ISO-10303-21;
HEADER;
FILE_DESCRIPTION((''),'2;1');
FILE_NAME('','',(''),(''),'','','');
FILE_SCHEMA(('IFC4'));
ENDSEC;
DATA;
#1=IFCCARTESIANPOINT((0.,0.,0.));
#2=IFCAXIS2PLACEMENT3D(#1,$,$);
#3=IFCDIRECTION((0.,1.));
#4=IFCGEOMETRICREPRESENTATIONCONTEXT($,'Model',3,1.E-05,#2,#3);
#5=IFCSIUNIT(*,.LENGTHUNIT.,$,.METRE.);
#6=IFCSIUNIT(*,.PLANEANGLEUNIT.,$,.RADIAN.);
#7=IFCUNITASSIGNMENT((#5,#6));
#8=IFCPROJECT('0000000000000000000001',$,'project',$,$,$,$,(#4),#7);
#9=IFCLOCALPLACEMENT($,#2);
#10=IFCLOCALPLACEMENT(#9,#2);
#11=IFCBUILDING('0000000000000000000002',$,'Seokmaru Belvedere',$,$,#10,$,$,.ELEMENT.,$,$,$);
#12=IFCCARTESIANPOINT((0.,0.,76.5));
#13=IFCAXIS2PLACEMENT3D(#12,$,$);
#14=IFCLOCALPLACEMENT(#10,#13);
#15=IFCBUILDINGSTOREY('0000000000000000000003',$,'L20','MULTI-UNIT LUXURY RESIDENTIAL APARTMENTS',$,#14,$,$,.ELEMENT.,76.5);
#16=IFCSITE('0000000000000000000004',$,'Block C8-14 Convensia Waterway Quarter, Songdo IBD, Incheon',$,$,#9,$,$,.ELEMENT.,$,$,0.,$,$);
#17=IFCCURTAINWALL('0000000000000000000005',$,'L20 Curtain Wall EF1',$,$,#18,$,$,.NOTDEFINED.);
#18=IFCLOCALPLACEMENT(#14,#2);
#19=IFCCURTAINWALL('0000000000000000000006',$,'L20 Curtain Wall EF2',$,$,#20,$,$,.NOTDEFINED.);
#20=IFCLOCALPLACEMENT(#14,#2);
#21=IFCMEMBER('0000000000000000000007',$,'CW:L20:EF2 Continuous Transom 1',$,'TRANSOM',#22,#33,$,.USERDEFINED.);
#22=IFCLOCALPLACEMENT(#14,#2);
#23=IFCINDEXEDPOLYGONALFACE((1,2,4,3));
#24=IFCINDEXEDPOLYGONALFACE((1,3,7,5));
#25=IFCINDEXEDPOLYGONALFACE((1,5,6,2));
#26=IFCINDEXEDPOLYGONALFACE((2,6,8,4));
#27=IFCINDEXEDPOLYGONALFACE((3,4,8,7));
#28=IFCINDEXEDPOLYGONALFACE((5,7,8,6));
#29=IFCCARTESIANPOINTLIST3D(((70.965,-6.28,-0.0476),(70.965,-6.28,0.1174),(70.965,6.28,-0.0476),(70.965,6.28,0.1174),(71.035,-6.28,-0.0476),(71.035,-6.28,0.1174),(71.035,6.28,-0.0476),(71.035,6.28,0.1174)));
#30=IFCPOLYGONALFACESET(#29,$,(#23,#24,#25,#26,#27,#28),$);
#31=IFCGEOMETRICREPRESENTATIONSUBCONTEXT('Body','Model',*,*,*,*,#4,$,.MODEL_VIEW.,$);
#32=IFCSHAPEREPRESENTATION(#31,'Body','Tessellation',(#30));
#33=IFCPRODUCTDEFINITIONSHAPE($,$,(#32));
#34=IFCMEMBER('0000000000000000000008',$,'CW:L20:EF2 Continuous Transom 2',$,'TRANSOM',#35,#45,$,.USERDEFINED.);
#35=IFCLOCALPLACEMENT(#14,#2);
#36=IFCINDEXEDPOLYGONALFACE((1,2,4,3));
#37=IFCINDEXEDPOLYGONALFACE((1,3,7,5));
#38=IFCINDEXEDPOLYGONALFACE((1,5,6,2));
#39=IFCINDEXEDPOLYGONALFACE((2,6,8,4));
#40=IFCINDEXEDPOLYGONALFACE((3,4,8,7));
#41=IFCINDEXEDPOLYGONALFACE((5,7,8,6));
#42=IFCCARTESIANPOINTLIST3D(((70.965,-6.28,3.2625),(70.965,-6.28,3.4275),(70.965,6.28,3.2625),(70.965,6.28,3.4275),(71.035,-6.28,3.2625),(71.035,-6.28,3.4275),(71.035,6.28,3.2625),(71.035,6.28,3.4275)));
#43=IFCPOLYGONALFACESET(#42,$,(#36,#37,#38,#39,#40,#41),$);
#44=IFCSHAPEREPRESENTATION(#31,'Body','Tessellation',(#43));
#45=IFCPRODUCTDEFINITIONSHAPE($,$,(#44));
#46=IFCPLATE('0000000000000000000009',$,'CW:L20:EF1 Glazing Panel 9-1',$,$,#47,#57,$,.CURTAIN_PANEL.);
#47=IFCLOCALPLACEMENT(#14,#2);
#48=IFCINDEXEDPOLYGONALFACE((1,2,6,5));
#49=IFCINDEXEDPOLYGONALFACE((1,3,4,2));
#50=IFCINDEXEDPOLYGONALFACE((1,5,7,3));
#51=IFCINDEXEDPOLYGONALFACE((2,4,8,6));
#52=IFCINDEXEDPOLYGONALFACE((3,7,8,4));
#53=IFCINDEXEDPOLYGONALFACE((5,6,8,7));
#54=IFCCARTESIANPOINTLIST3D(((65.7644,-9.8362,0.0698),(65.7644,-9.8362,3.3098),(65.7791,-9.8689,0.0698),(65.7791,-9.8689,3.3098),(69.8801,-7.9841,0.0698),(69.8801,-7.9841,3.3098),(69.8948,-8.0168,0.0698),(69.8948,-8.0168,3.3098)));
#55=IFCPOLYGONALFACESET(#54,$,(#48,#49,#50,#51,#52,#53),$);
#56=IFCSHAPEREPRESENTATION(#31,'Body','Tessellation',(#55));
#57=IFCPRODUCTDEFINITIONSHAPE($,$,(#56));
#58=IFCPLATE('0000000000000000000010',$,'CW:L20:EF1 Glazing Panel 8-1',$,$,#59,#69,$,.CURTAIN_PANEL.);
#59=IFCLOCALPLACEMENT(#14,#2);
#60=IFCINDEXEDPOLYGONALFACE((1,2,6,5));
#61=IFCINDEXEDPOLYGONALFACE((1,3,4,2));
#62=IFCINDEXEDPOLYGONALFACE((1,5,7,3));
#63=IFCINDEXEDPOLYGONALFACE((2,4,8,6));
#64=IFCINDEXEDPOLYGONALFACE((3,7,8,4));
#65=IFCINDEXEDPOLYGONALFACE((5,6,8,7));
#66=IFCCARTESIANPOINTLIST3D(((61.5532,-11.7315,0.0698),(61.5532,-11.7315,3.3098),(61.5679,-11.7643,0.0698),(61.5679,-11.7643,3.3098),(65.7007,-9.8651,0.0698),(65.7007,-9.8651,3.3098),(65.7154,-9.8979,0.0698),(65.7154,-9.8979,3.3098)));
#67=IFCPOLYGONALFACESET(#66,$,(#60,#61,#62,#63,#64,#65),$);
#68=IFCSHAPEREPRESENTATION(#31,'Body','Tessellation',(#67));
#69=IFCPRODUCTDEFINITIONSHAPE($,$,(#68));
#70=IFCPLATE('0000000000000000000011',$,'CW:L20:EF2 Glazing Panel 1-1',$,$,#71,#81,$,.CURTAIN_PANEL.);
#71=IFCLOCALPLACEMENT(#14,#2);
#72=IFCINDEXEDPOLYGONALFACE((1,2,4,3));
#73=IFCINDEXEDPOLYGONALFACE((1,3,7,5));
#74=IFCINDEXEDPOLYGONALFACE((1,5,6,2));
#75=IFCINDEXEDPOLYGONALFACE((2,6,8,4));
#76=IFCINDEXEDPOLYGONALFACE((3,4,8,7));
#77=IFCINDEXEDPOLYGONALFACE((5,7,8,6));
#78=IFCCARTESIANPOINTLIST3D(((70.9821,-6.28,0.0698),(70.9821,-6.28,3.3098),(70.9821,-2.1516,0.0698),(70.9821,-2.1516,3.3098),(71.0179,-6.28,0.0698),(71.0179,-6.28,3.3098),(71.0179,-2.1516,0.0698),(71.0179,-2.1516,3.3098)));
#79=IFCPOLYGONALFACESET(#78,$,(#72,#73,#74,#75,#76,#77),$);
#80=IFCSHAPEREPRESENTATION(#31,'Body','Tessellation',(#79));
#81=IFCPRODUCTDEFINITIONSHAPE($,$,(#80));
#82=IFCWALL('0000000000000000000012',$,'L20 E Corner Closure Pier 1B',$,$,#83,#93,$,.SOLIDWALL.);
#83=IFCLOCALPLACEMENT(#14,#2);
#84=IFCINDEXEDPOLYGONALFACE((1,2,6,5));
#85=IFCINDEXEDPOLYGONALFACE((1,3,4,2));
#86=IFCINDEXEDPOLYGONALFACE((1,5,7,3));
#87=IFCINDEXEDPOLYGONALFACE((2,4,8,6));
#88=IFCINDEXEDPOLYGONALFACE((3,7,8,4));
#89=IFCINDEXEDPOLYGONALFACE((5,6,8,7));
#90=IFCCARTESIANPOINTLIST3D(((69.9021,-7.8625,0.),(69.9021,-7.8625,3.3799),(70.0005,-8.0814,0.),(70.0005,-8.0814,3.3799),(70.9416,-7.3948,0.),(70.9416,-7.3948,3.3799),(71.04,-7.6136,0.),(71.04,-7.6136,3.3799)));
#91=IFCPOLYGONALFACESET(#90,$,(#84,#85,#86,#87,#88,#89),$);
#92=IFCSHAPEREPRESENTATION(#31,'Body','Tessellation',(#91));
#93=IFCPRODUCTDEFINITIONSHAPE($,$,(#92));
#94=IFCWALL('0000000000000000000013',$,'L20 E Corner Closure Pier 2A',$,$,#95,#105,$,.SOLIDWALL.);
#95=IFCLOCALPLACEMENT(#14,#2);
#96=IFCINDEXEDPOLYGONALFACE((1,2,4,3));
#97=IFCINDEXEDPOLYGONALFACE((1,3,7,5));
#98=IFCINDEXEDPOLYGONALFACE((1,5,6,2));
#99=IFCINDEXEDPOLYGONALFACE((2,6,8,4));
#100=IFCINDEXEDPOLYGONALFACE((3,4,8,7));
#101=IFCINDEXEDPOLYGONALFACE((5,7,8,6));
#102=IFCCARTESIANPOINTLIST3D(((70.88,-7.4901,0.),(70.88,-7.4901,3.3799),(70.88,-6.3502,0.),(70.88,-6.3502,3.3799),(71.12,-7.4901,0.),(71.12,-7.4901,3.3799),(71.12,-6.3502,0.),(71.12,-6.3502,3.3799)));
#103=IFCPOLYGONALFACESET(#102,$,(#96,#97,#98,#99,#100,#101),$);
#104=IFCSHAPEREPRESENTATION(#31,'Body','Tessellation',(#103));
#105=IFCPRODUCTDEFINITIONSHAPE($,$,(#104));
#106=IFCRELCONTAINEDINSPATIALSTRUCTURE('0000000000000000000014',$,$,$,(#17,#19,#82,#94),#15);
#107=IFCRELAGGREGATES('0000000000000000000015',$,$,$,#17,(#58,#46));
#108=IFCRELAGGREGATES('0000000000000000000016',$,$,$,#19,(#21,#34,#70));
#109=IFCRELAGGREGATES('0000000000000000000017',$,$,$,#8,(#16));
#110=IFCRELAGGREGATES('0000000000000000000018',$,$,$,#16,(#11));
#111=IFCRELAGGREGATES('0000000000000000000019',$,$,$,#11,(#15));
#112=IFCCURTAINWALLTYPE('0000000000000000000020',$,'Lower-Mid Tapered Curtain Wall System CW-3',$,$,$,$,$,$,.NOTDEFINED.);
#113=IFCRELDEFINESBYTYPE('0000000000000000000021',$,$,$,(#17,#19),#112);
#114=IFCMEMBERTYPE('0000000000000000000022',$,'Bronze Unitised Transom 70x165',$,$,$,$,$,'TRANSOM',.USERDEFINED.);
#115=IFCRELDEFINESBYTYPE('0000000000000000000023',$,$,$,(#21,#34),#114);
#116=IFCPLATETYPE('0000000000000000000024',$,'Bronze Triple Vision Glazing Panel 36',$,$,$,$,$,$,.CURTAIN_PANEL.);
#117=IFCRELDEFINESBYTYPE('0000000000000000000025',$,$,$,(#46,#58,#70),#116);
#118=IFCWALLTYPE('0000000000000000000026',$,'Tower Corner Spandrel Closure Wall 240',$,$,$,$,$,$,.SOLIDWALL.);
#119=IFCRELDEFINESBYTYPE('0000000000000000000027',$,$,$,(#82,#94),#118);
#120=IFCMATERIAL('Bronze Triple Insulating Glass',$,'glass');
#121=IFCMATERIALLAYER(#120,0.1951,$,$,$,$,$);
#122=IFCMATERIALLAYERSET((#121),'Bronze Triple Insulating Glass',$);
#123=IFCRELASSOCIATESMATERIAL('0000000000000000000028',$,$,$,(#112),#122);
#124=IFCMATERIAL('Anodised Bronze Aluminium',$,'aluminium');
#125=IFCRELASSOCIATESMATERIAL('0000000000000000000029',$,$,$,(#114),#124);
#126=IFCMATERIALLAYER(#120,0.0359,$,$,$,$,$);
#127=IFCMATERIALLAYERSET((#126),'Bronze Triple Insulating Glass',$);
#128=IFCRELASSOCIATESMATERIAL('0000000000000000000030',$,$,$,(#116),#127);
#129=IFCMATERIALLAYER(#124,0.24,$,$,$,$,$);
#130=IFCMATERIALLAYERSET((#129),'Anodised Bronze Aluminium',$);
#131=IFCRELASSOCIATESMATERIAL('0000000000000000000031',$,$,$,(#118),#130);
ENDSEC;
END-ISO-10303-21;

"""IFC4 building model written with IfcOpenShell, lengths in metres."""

from ifc_helpers import new_model, si_unit, direction, frame, frame_2d, origin, origin_2d, place, context, subcontext, project, spatial, rectangle, extrude, source, transform, mapped, material, layer, layer_set, material_profile, profile_set, type_object, type_shapes, element, aggregate, save


model = new_model("IFC4")

# Units and contexts
model_context = context("Model", 3, precision=1e-05, world=origin(), true_north=direction((0.0, 1.0)))
body_context = subcontext(model_context, "Body", "Model", "MODEL_VIEW")
ifc_project = project(units=[si_unit("LENGTHUNIT", "METRE"), si_unit("PLANEANGLEUNIT", "RADIAN")], contexts=[model_context])

# Site, building, storey
site_placement = place(None, origin())
site = spatial("IfcSite", under=ifc_project, at=site_placement, Name="Block C8-14 Convensia Waterway Quarter, Songdo IBD, Incheon", CompositionType="ELEMENT", RefElevation=0.0)
building_placement = place(site_placement, origin())
building = spatial("IfcBuilding", under=site, at=building_placement, Name="Seokmaru Belvedere", CompositionType="ELEMENT")
storey_placement = place(building_placement, frame((0.0, 0.0, 76.5)))
storey = spatial("IfcBuildingStorey", under=building, at=storey_placement, Name="L20", Description="MULTI-UNIT LUXURY RESIDENTIAL APARTMENTS", CompositionType="ELEMENT", Elevation=76.5)

# Curtain walls
ifc_material_1 = material(Name="Bronze Triple Insulating Glass", Category="glass")
ifc_layer_1 = layer(ifc_material_1, 0.1951)
ifc_layer_set_1 = layer_set([ifc_layer_1], Name="Bronze Triple Insulating Glass")
curtain_wall_type = type_object("IfcCurtainWallType", Name="Lower-Mid Tapered Curtain Wall System CW-3", PredefinedType="NOTDEFINED", material=ifc_layer_set_1)
curtain_wall_1_placement = place(storey_placement, origin())
curtain_wall_1 = element("IfcCurtainWall", 1, at=curtain_wall_1_placement, inside=storey, type_object=curtain_wall_type, Name="L20 Curtain Wall EF1", PredefinedType="NOTDEFINED")
ifc_material_2 = material(Name="Anodised Bronze Aluminium", Category="aluminium")
curtain_wall_2_placement = place(storey_placement, origin())
curtain_wall_2 = element("IfcCurtainWall", 2, at=curtain_wall_2_placement, inside=storey, type_object=curtain_wall_type, Name="L20 Curtain Wall EF2", PredefinedType="NOTDEFINED")

# Members
ifc_material_profile_1 = material_profile(ifc_material_2, rectangle(XDim=0.0701, YDim=0.165, at=origin_2d()), Name="CW-T-70x165")
ifc_profile_set_1 = profile_set([ifc_material_profile_1], Name="Anodised Bronze Aluminium")
member_type_1 = type_object("IfcMemberType", Name="Bronze Unitised Transom 70x165", ElementType="TRANSOM", PredefinedType="USERDEFINED", material=ifc_profile_set_1)
shared_shape_1 = source(origin(), body_context, "Body", "SweptSolid", [
    extrude(rectangle(XDim=0.0701, YDim=0.165, at=origin_2d()), origin(), (0.0, 0.0, 1.0), 12.5601),
])
type_shapes(member_type_1, [shared_shape_1])
member_1_placement = place(storey_placement, frame((71.0, -6.28, 0.0349), z_axis=(0.0, 1.0, 0.0), x_axis=(-1.0, 0.0, 0.0)))
member_1 = element("IfcMember", 3, at=member_1_placement, type_object=member_type_1, Name="CW:L20:EF2 Continuous Transom 1", ObjectType="TRANSOM", PredefinedType="USERDEFINED", context=body_context, shape_type="MappedRepresentation", body=[
    mapped(shared_shape_1, transform((0.0, 0.0, 0.0), scale=1.0)),
])
member_2_placement = place(storey_placement, frame((71.0, -6.28, 3.345), z_axis=(0.0, 1.0, 0.0), x_axis=(-1.0, 0.0, 0.0)))
member_2 = element("IfcMember", 4, at=member_2_placement, type_object=member_type_1, Name="CW:L20:EF2 Continuous Transom 2", ObjectType="TRANSOM", PredefinedType="USERDEFINED", context=body_context, shape_type="MappedRepresentation", body=[
    mapped(shared_shape_1, transform((0.0, 0.0, 0.0), scale=1.0)),
])

# Plates
ifc_layer_2 = layer(ifc_material_1, 0.0359)
ifc_layer_set_2 = layer_set([ifc_layer_2], Name="Bronze Triple Insulating Glass")
plate_type = type_object("IfcPlateType", Name="Bronze Triple Vision Glazing Panel 36", PredefinedType="CURTAIN_PANEL", material=ifc_layer_set_2)
shared_shape_2 = source(origin(), body_context, "Body", "SweptSolid", [
    extrude(rectangle(XDim=4.5132, YDim=0.0359, at=origin_2d()), origin(), (0.0, 0.0, 1.0), 3.24),
])
plate_1_placement = place(storey_placement, frame((67.8296, -8.9265, 0.0698), z_axis=(0.0, 0.0, 1.0), x_axis=(0.911921, 0.410366, 0.0)))
plate_1 = element("IfcPlate", 5, at=plate_1_placement, type_object=plate_type, Name="CW:L20:EF1 Glazing Panel 9-1", PredefinedType="CURTAIN_PANEL", context=body_context, shape_type="MappedRepresentation", body=[
    mapped(shared_shape_2, transform((0.0, 0.0, 0.0), scale=1.0)),
])
shared_shape_3 = source(origin(), body_context, "Body", "SweptSolid", [
    extrude(rectangle(XDim=4.5481, YDim=0.0359, at=origin_2d()), origin(), (0.0, 0.0, 1.0), 3.24),
])
plate_2_placement = place(storey_placement, frame((63.6343, -10.8147, 0.0698), z_axis=(0.0, 0.0, 1.0), x_axis=(0.911921, 0.410366, 0.0)))
plate_2 = element("IfcPlate", 6, at=plate_2_placement, type_object=plate_type, Name="CW:L20:EF1 Glazing Panel 8-1", PredefinedType="CURTAIN_PANEL", context=body_context, shape_type="MappedRepresentation", body=[
    mapped(shared_shape_3, transform((0.0, 0.0, 0.0), scale=1.0)),
])
aggregate(curtain_wall_1, [plate_2, plate_1])
shared_shape_4 = source(origin(), body_context, "Body", "SweptSolid", [
    extrude(rectangle(XDim=4.1284, YDim=0.0359, at=origin_2d()), origin(), (0.0, 0.0, 1.0), 3.24),
])
type_shapes(plate_type, [shared_shape_2, shared_shape_3, shared_shape_4])
plate_3_placement = place(storey_placement, frame((71.0, -4.2158, 0.0698), z_axis=(0.0, 0.0, 1.0), x_axis=(0.0, 1.0, 0.0)))
plate_3 = element("IfcPlate", 7, at=plate_3_placement, type_object=plate_type, Name="CW:L20:EF2 Glazing Panel 1-1", PredefinedType="CURTAIN_PANEL", context=body_context, shape_type="MappedRepresentation", body=[
    mapped(shared_shape_4, transform((0.0, 0.0, 0.0), scale=1.0)),
])
aggregate(curtain_wall_2, [member_1, member_2, plate_3])

# Walls
ifc_layer_3 = layer(ifc_material_2, 0.24)
ifc_layer_set_3 = layer_set([ifc_layer_3], Name="Anodised Bronze Aluminium")
wall_type = type_object("IfcWallType", Name="Tower Corner Spandrel Closure Wall 240", PredefinedType="SOLIDWALL", material=ifc_layer_set_3)
for number, where, z_axis, x_axis, name in (
    (8, (69.9514, -7.9719, 0.0), (0.0, 0.0, 1.0), (0.91193, 0.410347, 0.0), "L20 E Corner Closure Pier 1B"),
    (9, (71.0, -7.49, 0.0), (0.0, 0.0, 1.0), (0.0, 1.0, 0.0), "L20 E Corner Closure Pier 2A"),
):
    element("IfcWall", number, at=place(storey_placement, frame(where, z_axis=z_axis, x_axis=x_axis)), inside=storey, type_object=wall_type, Name=name, PredefinedType="SOLIDWALL", context=body_context, shape_type="SweptSolid", body=[
        extrude(rectangle(XDim=1.1399, YDim=0.24, at=frame_2d((0.5698, 0.0))), origin(), (0.0, 0.0, 1.0), 3.3799),
    ])

save(model, "model.ifc")
